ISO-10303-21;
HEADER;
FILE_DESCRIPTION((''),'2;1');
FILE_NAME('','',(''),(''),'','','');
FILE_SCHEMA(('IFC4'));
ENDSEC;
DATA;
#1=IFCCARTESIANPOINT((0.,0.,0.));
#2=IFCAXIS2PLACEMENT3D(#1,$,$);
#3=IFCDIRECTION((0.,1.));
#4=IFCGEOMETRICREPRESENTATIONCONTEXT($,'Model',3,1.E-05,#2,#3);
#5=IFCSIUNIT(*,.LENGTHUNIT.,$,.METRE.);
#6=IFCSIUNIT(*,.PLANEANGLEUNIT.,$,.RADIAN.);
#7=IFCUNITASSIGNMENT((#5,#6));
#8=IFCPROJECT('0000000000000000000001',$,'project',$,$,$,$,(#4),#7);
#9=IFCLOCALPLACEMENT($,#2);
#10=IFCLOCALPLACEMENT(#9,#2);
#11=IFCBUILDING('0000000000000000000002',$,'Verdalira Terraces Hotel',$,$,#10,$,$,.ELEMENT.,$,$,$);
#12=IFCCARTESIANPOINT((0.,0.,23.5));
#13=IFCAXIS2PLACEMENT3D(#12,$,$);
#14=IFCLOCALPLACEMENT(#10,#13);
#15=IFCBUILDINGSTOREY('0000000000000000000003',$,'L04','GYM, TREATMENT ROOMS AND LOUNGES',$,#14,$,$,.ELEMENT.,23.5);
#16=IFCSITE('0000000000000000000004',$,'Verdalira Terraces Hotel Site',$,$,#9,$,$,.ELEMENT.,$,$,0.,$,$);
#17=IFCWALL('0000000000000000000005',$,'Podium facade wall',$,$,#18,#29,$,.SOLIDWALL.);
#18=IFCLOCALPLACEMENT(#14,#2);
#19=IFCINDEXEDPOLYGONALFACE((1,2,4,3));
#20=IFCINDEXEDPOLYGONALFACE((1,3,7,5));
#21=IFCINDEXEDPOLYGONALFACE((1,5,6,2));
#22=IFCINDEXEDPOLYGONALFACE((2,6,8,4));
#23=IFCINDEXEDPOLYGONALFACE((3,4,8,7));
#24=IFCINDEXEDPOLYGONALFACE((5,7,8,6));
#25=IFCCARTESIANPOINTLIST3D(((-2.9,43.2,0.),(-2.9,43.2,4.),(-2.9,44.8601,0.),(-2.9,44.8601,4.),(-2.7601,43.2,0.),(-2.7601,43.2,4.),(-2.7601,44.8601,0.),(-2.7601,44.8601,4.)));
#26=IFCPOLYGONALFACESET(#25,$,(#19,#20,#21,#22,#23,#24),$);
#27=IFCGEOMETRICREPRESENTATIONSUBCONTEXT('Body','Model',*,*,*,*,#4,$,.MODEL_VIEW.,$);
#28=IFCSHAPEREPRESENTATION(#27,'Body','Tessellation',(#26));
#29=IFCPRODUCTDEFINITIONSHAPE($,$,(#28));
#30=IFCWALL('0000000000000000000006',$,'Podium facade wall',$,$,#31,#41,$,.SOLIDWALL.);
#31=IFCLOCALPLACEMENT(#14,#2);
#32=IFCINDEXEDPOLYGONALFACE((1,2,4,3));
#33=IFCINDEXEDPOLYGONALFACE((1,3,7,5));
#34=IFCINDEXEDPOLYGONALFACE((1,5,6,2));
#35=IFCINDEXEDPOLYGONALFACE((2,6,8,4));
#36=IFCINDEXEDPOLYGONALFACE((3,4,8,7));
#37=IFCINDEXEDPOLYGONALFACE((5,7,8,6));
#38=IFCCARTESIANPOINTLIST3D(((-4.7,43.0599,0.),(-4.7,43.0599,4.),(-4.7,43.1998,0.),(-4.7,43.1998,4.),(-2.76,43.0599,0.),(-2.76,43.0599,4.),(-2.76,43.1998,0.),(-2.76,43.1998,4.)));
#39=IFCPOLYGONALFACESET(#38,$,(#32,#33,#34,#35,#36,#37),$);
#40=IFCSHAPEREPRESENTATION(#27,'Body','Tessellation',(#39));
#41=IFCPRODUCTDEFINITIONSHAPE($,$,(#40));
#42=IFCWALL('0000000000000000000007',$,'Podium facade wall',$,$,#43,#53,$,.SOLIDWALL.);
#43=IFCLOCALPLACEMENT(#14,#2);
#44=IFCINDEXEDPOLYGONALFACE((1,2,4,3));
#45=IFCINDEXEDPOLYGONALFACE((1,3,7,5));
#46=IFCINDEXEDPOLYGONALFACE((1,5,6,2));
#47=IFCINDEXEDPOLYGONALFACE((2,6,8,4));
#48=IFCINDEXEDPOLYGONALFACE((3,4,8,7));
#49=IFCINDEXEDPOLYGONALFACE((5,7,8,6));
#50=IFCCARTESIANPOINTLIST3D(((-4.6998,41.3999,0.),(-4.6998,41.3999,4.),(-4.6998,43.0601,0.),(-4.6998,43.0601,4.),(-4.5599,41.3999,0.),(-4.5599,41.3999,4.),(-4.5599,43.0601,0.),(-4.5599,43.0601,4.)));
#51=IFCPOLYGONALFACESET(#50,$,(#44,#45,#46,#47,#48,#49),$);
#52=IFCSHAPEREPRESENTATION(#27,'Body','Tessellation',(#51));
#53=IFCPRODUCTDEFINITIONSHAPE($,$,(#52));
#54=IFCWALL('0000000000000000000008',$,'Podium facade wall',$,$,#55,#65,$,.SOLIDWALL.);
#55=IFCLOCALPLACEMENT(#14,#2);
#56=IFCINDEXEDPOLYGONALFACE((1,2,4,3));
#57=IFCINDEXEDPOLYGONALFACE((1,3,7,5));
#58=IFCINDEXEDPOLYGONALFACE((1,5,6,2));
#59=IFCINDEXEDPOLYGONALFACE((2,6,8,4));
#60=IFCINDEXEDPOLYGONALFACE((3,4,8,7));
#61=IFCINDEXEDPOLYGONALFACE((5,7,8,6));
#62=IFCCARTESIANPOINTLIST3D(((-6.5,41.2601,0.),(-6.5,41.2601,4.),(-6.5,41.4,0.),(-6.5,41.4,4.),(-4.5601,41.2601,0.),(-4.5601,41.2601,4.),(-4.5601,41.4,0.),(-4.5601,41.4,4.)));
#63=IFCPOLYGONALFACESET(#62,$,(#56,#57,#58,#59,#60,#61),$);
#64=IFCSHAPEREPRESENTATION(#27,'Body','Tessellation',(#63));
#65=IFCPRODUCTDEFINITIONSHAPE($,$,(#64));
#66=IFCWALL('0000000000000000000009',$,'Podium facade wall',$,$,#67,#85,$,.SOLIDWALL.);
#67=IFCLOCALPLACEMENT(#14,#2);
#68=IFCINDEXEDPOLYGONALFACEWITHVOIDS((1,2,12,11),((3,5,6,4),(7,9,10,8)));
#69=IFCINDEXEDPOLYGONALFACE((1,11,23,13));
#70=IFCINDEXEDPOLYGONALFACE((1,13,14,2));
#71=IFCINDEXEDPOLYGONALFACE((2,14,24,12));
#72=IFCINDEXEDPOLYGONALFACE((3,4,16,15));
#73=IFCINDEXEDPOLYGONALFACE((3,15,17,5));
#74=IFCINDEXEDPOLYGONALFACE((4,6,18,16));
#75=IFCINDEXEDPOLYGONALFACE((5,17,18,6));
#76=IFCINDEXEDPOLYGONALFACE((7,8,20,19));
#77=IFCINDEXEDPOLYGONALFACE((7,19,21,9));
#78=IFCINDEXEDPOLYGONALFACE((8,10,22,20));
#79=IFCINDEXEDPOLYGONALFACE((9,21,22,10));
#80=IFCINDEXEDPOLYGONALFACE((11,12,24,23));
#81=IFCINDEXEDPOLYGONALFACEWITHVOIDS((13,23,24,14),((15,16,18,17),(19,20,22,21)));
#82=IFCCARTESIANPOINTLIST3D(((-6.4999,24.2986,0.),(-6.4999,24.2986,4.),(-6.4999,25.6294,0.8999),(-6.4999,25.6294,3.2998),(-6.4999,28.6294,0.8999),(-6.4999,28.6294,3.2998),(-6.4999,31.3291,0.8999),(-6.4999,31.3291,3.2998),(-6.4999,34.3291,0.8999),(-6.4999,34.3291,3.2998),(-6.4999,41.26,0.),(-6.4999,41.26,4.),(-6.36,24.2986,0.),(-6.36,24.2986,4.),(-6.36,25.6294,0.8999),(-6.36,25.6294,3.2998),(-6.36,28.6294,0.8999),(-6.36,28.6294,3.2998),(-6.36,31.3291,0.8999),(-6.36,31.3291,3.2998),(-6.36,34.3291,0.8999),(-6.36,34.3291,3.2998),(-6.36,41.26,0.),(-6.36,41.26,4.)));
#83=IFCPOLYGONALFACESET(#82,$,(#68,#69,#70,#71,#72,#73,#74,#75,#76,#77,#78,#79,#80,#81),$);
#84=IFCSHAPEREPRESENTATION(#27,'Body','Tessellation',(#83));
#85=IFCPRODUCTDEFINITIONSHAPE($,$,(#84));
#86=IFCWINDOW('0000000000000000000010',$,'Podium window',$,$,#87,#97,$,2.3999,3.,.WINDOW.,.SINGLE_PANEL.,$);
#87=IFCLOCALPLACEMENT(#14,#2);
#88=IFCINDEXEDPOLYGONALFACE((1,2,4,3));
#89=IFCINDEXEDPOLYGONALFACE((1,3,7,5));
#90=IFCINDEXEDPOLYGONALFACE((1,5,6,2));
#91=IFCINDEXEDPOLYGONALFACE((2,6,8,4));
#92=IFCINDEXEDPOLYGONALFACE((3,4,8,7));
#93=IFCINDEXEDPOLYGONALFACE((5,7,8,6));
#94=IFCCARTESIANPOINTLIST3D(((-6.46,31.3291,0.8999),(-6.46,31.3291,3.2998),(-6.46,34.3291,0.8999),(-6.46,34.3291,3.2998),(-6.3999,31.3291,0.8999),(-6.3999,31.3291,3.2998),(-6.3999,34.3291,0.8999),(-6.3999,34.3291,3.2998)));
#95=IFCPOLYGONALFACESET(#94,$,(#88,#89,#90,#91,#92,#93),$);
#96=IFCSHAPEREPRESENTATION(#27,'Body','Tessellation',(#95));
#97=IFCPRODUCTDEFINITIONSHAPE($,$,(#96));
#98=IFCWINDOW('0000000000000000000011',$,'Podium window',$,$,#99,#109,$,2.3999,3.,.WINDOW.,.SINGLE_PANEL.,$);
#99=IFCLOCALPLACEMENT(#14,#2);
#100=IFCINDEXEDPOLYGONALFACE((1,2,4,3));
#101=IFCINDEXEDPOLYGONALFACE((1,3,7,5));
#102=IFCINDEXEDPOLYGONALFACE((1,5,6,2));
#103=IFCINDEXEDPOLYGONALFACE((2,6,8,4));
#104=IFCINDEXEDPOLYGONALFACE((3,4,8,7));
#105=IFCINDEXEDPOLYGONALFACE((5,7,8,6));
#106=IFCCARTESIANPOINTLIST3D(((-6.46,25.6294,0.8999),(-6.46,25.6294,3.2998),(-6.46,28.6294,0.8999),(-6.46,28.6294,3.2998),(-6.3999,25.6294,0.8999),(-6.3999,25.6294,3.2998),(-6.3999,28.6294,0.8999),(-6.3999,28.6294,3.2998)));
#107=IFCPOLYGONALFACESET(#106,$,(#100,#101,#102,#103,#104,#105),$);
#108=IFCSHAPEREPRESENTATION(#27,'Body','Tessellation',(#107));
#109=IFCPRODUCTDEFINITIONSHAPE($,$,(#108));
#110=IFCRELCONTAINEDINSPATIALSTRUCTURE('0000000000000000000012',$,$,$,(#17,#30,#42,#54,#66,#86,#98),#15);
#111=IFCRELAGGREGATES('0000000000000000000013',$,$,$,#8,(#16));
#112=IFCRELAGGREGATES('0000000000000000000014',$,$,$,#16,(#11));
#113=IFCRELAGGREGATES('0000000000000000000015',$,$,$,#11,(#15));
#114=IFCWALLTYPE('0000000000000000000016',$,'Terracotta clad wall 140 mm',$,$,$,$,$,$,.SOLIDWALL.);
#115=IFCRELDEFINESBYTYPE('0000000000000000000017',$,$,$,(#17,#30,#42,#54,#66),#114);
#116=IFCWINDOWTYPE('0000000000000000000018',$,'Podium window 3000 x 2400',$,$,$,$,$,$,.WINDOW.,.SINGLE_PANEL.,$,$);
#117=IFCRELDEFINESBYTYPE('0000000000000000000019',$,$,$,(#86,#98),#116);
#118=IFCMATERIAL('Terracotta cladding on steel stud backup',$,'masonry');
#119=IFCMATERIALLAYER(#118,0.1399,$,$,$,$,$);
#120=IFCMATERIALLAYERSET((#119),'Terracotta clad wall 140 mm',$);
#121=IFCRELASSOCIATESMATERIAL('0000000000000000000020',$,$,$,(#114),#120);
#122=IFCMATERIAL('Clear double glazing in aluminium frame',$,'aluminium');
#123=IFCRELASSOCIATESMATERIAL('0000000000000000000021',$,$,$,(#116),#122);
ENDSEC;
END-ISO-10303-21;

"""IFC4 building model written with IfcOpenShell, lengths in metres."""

from ifc_helpers import new_model, si_unit, direction, frame, frame_2d, origin, place, context, subcontext, project, spatial, rectangle, extrude, material, layer, layer_set, type_object, element, fill, save


model = new_model("IFC4")

# Units and contexts
model_context = context("Model", 3, precision=1e-05, world=origin(), true_north=direction((0.0, 1.0)))
body_context = subcontext(model_context, "Body", "Model", "MODEL_VIEW")
ifc_project = project(units=[si_unit("LENGTHUNIT", "METRE"), si_unit("PLANEANGLEUNIT", "RADIAN")], contexts=[model_context])

# Site, building, storey
site_placement = place(None, origin())
site = spatial("IfcSite", under=ifc_project, at=site_placement, Name="Verdalira Terraces Hotel Site", CompositionType="ELEMENT", RefElevation=0.0)
building_placement = place(site_placement, origin())
building = spatial("IfcBuilding", under=site, at=building_placement, Name="Verdalira Terraces Hotel", CompositionType="ELEMENT")
storey_placement = place(building_placement, frame((0.0, 0.0, 23.5)))
storey = spatial("IfcBuildingStorey", under=building, at=storey_placement, Name="L04", Description="GYM, TREATMENT ROOMS AND LOUNGES", CompositionType="ELEMENT", Elevation=23.5)

# Walls
ifc_material_1 = material(Name="Terracotta cladding on steel stud backup", Category="masonry")
ifc_layer_1 = layer(ifc_material_1, 0.1399)
ifc_layer_set_1 = layer_set([ifc_layer_1], Name="Terracotta clad wall 140 mm")
wall_type_1 = type_object("IfcWallType", Name="Terracotta clad wall 140 mm", PredefinedType="SOLIDWALL", material=ifc_layer_set_1)
wall_1_placement = place(storey_placement, frame((-2.8301, 44.8601, 0.0), z_axis=(0.0, 0.0, 1.0), x_axis=(0.0, -1.0, 0.0)))
element("IfcWall", 1, at=wall_1_placement, inside=storey, type_object=wall_type_1, Name="Podium facade wall", PredefinedType="SOLIDWALL", context=body_context, shape_type="SweptSolid", body=[
    extrude(rectangle(XDim=1.6602, YDim=0.1399, at=frame_2d((0.8301, 0.0))), origin(), (0.0, 0.0, 1.0), 4.0),
])
wall_2_placement = place(storey_placement, frame((-2.76, 43.1299, 0.0), z_axis=(0.0, 0.0, 1.0), x_axis=(-1.0, 0.0, 0.0)))
element("IfcWall", 2, at=wall_2_placement, inside=storey, type_object=wall_type_1, Name="Podium facade wall", PredefinedType="SOLIDWALL", context=body_context, shape_type="SweptSolid", body=[
    extrude(rectangle(XDim=1.9399, YDim=0.1399, at=frame_2d((0.97, 0.0))), origin(), (0.0, 0.0, 1.0), 4.0),
])
wall_3_placement = place(storey_placement, frame((-4.6299, 43.0601, 0.0), z_axis=(0.0, 0.0, 1.0), x_axis=(0.0, -1.0, 0.0)))
element("IfcWall", 3, at=wall_3_placement, inside=storey, type_object=wall_type_1, Name="Podium facade wall", PredefinedType="SOLIDWALL", context=body_context, shape_type="SweptSolid", body=[
    extrude(rectangle(XDim=1.6602, YDim=0.1399, at=frame_2d((0.8301, 0.0))), origin(), (0.0, 0.0, 1.0), 4.0),
])
wall_4_placement = place(storey_placement, frame((-4.5601, 41.3301, 0.0), z_axis=(0.0, 0.0, 1.0), x_axis=(-1.0, 0.0, 0.0)))
element("IfcWall", 4, at=wall_4_placement, inside=storey, type_object=wall_type_1, Name="Podium facade wall", PredefinedType="SOLIDWALL", context=body_context, shape_type="SweptSolid", body=[
    extrude(rectangle(XDim=1.9399, YDim=0.1399, at=frame_2d((0.97, 0.0))), origin(), (0.0, 0.0, 1.0), 4.0),
])

# Wall, openings, windows
wall_5_placement = place(storey_placement, frame((-6.4299, 41.26, 0.0), z_axis=(0.0, 0.0, 1.0), x_axis=(0.0, -1.0, 0.0)))
wall_5 = element("IfcWall", 5, at=wall_5_placement, inside=storey, type_object=wall_type_1, Name="Podium facade wall", PredefinedType="SOLIDWALL", context=body_context, shape_type="SweptSolid", body=[
    extrude(rectangle(XDim=16.9614, YDim=0.1399, at=frame_2d((8.4807, 0.0))), origin(), (0.0, 0.0, 1.0), 4.0),
])
opening_1_placement = place(wall_5_placement, frame((6.9309, 0.0, 0.8999)))
opening_1 = element("IfcOpeningElement", 6, at=opening_1_placement, cuts=wall_5, PredefinedType="OPENING", context=body_context, shape_type="SweptSolid", body=[
    extrude(rectangle(XDim=3.0, YDim=2.3999, at=frame_2d((1.5, 1.2))), frame((0.0, 0.0798, 0.0), z_axis=(0.0, -1.0, 0.0), x_axis=(1.0, 0.0, 0.0)), (0.0, 0.0, 1.0), 0.1599),
])
opening_2_placement = place(wall_5_placement, frame((12.6306, 0.0, 0.8999)))
opening_2 = element("IfcOpeningElement", 7, at=opening_2_placement, cuts=wall_5, PredefinedType="OPENING", context=body_context, shape_type="SweptSolid", body=[
    extrude(rectangle(XDim=3.0, YDim=2.3999, at=frame_2d((1.5, 1.2))), frame((0.0, 0.0798, 0.0), z_axis=(0.0, -1.0, 0.0), x_axis=(1.0, 0.0, 0.0)), (0.0, 0.0, 1.0), 0.1599),
])
ifc_material_2 = material(Name="Clear double glazing in aluminium frame", Category="aluminium")
window_type = type_object("IfcWindowType", Name="Podium window 3000 x 2400", PartitioningType="SINGLE_PANEL", PredefinedType="WINDOW", material=ifc_material_2)
window_1_placement = place(opening_1_placement, origin())
window_1 = element("IfcWindow", 8, at=window_1_placement, inside=storey, type_object=window_type, Name="Podium window", OverallHeight=2.3999, OverallWidth=3.0, PartitioningType="SINGLE_PANEL", PredefinedType="WINDOW", context=body_context, shape_type="SweptSolid", body=[
    extrude(rectangle(XDim=3.0, YDim=2.3999, at=frame_2d((1.5, 1.2))), frame((0.0, 0.03, 0.0), z_axis=(0.0, -1.0, 0.0), x_axis=(1.0, 0.0, 0.0)), (0.0, 0.0, 1.0), 0.0601),
])
fill(opening_1, window_1)
window_2_placement = place(opening_2_placement, origin())
window_2 = element("IfcWindow", 9, at=window_2_placement, inside=storey, type_object=window_type, Name="Podium window", OverallHeight=2.3999, OverallWidth=3.0, PartitioningType="SINGLE_PANEL", PredefinedType="WINDOW", context=body_context, shape_type="SweptSolid", body=[
    extrude(rectangle(XDim=3.0, YDim=2.3999, at=frame_2d((1.5, 1.2))), frame((0.0, 0.03, 0.0), z_axis=(0.0, -1.0, 0.0), x_axis=(1.0, 0.0, 0.0)), (0.0, 0.0, 1.0), 0.0601),
])
fill(opening_2, window_2)

save(model, "model.ifc")
